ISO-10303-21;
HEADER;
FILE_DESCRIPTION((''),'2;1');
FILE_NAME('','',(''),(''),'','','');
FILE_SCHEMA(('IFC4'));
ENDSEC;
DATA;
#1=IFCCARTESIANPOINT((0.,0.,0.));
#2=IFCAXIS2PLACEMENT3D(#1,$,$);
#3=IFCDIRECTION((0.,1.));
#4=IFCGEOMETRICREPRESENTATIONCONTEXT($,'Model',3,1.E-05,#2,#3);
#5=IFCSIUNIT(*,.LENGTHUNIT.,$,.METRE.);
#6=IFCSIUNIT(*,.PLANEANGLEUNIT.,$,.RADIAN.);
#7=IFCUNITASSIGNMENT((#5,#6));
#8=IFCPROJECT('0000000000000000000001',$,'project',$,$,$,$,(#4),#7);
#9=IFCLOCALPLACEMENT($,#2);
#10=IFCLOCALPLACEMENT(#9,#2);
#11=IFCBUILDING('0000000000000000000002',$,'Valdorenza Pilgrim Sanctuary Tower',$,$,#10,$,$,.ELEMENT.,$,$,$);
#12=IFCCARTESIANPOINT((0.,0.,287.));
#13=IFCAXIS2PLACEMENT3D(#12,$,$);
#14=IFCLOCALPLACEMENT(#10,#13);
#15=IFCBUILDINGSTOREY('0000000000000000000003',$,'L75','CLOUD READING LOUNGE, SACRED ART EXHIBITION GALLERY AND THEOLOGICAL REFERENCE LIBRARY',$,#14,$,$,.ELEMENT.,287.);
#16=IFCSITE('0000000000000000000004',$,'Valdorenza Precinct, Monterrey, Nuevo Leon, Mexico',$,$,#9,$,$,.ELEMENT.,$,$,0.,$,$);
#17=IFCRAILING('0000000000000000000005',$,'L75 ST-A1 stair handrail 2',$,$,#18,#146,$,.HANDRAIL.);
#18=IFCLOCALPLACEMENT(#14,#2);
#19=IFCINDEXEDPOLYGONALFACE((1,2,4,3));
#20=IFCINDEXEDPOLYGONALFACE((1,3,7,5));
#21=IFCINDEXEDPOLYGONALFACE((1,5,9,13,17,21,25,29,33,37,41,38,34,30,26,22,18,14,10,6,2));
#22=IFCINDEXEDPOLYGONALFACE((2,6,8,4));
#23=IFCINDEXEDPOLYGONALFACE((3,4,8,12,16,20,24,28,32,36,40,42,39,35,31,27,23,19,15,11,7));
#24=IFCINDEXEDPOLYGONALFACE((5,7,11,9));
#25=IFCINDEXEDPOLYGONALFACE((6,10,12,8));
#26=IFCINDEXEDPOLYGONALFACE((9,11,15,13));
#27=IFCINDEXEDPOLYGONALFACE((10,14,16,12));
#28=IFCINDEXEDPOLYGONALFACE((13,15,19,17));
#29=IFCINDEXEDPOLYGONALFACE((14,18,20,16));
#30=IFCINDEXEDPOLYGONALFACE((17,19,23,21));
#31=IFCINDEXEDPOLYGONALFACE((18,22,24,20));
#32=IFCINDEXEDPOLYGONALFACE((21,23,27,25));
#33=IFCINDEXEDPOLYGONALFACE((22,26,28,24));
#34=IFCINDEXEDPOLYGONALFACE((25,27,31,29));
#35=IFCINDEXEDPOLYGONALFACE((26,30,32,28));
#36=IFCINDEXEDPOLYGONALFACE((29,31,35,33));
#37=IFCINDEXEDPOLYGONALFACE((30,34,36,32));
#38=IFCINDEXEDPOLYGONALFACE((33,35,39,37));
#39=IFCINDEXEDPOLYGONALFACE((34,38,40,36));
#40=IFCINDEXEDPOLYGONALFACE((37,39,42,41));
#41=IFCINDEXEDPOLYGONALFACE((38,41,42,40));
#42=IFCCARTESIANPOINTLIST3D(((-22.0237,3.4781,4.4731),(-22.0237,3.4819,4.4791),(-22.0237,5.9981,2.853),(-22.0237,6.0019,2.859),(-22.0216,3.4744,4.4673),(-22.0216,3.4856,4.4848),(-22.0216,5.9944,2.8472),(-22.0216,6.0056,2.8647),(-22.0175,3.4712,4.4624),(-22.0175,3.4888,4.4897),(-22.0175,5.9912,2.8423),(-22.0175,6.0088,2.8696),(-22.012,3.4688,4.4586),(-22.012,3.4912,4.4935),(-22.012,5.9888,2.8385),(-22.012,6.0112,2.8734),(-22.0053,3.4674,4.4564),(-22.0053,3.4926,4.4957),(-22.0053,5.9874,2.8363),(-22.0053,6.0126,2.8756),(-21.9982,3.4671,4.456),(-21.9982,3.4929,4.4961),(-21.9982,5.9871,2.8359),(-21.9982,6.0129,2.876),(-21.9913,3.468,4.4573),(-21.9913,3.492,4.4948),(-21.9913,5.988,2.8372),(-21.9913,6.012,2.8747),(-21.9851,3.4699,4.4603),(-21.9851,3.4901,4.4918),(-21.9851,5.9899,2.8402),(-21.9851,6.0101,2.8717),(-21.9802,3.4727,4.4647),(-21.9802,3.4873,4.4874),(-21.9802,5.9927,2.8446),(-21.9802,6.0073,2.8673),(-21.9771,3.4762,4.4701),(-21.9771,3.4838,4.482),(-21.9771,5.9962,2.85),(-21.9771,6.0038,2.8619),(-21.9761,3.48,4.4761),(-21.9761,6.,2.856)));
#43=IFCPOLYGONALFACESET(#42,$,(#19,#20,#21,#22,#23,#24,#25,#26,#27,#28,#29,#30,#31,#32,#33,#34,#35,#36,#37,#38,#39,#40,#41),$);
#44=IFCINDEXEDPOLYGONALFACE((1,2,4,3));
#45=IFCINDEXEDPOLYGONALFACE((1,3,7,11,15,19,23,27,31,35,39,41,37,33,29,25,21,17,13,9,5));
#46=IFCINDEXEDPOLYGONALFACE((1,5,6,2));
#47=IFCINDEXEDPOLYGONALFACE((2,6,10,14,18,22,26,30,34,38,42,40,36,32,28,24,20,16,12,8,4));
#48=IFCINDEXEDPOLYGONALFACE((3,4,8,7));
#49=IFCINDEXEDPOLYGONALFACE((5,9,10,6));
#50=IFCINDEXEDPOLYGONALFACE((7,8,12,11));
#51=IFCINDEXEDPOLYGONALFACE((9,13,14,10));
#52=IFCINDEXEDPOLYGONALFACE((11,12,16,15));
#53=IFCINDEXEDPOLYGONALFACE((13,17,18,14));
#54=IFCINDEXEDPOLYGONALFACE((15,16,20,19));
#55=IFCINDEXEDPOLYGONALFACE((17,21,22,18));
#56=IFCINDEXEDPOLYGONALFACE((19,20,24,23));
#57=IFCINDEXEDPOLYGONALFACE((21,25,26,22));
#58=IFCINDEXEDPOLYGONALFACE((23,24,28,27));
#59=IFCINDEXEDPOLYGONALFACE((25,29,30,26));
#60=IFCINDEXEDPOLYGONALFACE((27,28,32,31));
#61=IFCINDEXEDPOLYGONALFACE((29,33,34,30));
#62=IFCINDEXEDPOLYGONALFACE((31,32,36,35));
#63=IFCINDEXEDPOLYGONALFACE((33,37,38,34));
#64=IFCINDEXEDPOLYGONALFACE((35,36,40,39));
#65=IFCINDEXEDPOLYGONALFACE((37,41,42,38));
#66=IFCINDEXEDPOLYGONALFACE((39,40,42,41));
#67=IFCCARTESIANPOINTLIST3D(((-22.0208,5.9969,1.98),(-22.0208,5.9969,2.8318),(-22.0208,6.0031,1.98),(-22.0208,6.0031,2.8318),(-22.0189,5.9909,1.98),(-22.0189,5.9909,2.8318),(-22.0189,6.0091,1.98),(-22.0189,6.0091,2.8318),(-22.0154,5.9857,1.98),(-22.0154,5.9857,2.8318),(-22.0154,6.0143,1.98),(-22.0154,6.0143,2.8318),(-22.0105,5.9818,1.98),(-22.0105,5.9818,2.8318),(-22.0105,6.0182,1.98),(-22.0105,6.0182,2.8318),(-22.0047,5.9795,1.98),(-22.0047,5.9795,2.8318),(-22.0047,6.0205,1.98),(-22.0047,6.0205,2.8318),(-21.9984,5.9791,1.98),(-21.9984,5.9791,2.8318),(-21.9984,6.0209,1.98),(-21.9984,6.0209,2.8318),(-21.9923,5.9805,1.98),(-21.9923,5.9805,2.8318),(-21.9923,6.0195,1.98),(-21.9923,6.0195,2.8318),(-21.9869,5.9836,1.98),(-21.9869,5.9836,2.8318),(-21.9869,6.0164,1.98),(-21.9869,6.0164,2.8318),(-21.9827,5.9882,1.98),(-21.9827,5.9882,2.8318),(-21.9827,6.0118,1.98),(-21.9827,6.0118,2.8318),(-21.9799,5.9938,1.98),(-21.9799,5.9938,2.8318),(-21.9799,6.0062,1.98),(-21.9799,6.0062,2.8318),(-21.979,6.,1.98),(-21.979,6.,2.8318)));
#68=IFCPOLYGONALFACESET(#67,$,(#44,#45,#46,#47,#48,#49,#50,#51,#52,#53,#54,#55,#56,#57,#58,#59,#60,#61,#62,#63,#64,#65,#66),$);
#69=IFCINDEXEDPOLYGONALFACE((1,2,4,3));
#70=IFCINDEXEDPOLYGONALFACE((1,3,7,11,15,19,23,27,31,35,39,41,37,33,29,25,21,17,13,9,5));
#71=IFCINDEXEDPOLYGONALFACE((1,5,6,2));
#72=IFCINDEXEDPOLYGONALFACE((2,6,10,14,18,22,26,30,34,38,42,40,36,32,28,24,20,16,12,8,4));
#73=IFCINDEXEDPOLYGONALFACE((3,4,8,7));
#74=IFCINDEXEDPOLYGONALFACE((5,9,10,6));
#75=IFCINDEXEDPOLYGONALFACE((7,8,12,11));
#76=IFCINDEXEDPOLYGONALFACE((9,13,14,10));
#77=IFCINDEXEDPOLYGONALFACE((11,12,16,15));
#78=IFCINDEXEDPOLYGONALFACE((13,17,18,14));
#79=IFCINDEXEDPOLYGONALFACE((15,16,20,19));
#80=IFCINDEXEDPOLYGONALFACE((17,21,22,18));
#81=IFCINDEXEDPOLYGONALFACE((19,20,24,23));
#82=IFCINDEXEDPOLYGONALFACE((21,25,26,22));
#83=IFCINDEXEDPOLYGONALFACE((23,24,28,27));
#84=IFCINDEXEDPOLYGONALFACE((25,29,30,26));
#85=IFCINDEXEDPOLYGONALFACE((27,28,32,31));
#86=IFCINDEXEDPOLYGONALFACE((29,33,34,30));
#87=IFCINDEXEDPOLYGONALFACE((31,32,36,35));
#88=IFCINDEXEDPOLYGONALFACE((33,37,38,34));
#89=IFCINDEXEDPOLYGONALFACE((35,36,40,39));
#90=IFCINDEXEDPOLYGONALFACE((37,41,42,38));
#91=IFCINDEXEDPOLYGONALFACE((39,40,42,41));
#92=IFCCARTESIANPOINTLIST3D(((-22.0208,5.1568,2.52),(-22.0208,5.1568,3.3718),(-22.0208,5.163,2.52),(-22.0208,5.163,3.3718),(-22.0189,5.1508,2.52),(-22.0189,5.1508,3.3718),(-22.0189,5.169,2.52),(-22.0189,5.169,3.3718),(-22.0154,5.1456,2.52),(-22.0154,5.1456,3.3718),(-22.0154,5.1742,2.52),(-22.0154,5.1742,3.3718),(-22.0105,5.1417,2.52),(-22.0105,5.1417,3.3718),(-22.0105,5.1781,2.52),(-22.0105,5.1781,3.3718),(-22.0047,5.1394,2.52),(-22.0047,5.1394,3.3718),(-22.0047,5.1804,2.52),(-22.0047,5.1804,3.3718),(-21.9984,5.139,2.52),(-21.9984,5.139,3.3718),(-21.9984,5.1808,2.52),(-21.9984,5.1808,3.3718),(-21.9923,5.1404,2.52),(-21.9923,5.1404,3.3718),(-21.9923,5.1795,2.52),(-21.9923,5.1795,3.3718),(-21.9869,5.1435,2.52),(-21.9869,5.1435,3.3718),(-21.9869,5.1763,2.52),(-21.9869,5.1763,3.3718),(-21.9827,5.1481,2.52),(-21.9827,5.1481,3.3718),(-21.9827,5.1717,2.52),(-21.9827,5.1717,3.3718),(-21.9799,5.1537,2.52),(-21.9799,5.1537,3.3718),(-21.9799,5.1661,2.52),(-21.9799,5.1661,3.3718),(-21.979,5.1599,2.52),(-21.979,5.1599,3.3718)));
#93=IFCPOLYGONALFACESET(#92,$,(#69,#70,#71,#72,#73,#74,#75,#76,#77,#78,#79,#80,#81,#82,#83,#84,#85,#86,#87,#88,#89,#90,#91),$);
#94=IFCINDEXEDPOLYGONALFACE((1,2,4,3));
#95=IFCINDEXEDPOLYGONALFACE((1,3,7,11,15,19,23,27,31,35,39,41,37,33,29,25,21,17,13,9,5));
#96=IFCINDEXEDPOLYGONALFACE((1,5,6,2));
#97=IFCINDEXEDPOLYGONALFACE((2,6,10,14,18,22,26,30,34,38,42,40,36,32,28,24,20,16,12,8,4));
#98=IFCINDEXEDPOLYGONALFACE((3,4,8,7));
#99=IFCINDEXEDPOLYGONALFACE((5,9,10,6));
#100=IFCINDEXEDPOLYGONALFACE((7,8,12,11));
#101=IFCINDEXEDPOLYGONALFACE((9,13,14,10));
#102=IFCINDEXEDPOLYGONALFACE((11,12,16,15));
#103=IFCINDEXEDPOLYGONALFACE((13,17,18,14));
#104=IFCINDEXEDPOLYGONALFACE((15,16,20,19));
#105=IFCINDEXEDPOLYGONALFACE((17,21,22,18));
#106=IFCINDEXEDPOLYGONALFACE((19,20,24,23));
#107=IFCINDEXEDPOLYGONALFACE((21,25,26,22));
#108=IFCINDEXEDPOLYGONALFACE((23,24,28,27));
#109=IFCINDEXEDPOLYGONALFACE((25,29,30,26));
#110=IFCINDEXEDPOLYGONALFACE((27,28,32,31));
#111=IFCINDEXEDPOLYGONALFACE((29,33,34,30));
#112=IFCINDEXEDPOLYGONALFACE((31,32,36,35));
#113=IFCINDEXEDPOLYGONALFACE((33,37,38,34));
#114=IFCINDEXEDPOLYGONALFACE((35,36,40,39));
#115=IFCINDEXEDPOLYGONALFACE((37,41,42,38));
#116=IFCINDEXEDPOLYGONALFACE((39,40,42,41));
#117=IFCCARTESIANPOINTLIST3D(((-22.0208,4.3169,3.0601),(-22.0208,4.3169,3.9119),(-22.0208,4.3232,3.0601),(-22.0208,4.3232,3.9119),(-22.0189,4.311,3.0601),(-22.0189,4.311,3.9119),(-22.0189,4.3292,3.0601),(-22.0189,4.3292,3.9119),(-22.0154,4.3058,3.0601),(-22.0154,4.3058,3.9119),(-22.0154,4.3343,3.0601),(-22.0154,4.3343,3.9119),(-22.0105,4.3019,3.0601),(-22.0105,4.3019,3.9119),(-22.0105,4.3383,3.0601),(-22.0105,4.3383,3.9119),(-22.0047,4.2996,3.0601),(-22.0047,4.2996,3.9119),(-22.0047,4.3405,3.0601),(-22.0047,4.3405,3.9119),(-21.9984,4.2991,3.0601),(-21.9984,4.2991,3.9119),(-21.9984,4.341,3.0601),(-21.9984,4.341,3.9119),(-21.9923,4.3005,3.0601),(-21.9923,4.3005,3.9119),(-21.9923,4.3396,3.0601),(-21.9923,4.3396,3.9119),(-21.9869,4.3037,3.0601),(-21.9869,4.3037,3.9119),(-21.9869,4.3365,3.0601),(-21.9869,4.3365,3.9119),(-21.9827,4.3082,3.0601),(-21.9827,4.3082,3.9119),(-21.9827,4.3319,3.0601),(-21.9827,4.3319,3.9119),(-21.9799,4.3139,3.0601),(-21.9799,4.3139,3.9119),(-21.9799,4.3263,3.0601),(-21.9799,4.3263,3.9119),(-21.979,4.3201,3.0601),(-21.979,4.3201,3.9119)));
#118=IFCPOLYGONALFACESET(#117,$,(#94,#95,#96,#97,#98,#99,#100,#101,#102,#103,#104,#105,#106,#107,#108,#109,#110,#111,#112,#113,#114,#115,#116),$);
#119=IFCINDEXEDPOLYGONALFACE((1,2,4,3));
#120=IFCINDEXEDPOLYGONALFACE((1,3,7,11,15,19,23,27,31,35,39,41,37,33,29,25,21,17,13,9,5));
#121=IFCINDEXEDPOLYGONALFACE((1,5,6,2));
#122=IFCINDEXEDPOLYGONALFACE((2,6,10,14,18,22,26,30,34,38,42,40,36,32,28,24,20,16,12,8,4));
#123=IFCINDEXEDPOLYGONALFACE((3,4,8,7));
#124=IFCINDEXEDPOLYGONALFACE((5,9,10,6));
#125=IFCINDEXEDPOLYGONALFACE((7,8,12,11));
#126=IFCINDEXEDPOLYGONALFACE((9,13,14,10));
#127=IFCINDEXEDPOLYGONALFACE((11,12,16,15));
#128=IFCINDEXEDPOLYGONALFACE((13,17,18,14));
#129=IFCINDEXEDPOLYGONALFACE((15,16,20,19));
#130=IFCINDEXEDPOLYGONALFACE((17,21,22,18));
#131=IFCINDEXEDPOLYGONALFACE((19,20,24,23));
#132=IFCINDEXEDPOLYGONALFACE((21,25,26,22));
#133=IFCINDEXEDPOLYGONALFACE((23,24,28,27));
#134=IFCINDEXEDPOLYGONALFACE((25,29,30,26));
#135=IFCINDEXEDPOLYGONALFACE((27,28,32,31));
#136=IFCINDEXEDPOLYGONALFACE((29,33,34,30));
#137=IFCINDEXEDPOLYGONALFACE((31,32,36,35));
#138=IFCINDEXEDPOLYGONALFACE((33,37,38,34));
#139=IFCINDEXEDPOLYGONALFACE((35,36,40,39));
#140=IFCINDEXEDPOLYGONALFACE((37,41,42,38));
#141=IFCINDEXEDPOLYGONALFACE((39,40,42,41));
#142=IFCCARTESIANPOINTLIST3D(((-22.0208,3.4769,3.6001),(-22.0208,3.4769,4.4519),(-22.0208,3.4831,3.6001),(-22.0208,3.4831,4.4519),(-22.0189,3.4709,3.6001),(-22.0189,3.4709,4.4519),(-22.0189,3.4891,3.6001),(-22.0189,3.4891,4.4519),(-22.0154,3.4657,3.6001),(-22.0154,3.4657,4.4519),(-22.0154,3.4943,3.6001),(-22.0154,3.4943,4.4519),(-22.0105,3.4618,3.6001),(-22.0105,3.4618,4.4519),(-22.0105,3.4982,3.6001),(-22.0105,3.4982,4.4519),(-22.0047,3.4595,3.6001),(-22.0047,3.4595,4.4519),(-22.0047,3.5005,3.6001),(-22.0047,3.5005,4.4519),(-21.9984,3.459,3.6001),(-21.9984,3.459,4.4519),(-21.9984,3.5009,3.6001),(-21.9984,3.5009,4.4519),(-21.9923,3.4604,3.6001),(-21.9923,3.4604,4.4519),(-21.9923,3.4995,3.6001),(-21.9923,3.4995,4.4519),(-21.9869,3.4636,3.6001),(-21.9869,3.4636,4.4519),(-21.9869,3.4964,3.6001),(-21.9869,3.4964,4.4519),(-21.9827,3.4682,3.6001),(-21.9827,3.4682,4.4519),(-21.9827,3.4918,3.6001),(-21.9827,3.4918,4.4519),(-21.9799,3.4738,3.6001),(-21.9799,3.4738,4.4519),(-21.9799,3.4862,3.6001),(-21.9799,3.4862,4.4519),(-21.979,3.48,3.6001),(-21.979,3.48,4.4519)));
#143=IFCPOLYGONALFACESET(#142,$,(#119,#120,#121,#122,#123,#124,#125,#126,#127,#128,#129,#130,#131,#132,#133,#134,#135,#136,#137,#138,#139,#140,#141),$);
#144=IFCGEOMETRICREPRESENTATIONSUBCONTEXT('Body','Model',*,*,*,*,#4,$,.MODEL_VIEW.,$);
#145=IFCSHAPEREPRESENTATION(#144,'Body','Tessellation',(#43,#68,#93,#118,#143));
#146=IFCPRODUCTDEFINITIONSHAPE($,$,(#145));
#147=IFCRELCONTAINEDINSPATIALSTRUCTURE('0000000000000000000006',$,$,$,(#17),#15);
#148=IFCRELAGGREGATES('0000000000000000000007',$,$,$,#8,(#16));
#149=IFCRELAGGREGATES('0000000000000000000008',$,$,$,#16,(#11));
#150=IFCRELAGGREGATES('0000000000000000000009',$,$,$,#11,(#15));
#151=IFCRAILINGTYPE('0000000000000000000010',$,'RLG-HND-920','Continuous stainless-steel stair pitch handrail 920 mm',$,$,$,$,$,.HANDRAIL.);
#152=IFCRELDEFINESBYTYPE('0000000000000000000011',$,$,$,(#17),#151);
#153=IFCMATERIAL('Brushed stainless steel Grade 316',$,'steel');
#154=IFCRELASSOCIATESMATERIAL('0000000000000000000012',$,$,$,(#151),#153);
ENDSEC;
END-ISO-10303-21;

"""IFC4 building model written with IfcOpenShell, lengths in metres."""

from ifc_helpers import new_model, si_unit, direction, frame, origin, origin_2d, place, context, subcontext, project, spatial, circle, extrude, material, type_object, element, save


model = new_model("IFC4")

# Units and contexts
model_context = context("Model", 3, precision=1e-05, world=origin(), true_north=direction((0.0, 1.0)))
body_context = subcontext(model_context, "Body", "Model", "MODEL_VIEW")
ifc_project = project(units=[si_unit("LENGTHUNIT", "METRE"), si_unit("PLANEANGLEUNIT", "RADIAN")], contexts=[model_context])

# Site, building, storey
site_placement = place(None, origin())
site = spatial("IfcSite", under=ifc_project, at=site_placement, Name="Valdorenza Precinct, Monterrey, Nuevo Leon, Mexico", CompositionType="ELEMENT", RefElevation=0.0)
building_placement = place(site_placement, origin())
building = spatial("IfcBuilding", under=site, at=building_placement, Name="Valdorenza Pilgrim Sanctuary Tower", CompositionType="ELEMENT")
storey_placement = place(building_placement, frame((0.0, 0.0, 287.0)))
storey = spatial("IfcBuildingStorey", under=building, at=storey_placement, Name="L75", Description="CLOUD READING LOUNGE, SACRED ART EXHIBITION GALLERY AND THEOLOGICAL REFERENCE LIBRARY", CompositionType="ELEMENT", Elevation=287.0)

# Railing
ifc_material_1 = material(Name="Brushed stainless steel Grade 316", Category="steel")
railing_type_1 = type_object("IfcRailingType", Name="RLG-HND-920", Description="Continuous stainless-steel stair pitch handrail 920 mm", PredefinedType="HANDRAIL", material=ifc_material_1)
railing_1_placement = place(storey_placement, frame((-22.0, 6.0, 1.98)))
element("IfcRailing", 1, at=railing_1_placement, inside=storey, type_object=railing_type_1, Name="L75 ST-A1 stair handrail 2", PredefinedType="HANDRAIL", context=body_context, shape_type="SweptSolid", body=[
    extrude(circle(Radius=0.0239, at=origin_2d()), frame((0.0, 0.0, 0.876), z_axis=(0.0, -0.841163, 0.540782), x_axis=(1.0, 0.0, 0.0)), (0.0, 0.0, 1.0), 2.9958),
    extrude(circle(Radius=0.021, at=origin_2d()), origin(), (0.0, 0.0, 1.0), 0.8518),
    extrude(circle(Radius=0.021, at=origin_2d()), frame((0.0, -0.8401, 0.54)), (0.0, 0.0, 1.0), 0.8518),
    extrude(circle(Radius=0.021, at=origin_2d()), frame((0.0, -1.6799, 1.0801)), (0.0, 0.0, 1.0), 0.8518),
    extrude(circle(Radius=0.021, at=origin_2d()), frame((0.0, -2.52, 1.6201)), (0.0, 0.0, 1.0), 0.8518),
])

save(model, "model.ifc")
